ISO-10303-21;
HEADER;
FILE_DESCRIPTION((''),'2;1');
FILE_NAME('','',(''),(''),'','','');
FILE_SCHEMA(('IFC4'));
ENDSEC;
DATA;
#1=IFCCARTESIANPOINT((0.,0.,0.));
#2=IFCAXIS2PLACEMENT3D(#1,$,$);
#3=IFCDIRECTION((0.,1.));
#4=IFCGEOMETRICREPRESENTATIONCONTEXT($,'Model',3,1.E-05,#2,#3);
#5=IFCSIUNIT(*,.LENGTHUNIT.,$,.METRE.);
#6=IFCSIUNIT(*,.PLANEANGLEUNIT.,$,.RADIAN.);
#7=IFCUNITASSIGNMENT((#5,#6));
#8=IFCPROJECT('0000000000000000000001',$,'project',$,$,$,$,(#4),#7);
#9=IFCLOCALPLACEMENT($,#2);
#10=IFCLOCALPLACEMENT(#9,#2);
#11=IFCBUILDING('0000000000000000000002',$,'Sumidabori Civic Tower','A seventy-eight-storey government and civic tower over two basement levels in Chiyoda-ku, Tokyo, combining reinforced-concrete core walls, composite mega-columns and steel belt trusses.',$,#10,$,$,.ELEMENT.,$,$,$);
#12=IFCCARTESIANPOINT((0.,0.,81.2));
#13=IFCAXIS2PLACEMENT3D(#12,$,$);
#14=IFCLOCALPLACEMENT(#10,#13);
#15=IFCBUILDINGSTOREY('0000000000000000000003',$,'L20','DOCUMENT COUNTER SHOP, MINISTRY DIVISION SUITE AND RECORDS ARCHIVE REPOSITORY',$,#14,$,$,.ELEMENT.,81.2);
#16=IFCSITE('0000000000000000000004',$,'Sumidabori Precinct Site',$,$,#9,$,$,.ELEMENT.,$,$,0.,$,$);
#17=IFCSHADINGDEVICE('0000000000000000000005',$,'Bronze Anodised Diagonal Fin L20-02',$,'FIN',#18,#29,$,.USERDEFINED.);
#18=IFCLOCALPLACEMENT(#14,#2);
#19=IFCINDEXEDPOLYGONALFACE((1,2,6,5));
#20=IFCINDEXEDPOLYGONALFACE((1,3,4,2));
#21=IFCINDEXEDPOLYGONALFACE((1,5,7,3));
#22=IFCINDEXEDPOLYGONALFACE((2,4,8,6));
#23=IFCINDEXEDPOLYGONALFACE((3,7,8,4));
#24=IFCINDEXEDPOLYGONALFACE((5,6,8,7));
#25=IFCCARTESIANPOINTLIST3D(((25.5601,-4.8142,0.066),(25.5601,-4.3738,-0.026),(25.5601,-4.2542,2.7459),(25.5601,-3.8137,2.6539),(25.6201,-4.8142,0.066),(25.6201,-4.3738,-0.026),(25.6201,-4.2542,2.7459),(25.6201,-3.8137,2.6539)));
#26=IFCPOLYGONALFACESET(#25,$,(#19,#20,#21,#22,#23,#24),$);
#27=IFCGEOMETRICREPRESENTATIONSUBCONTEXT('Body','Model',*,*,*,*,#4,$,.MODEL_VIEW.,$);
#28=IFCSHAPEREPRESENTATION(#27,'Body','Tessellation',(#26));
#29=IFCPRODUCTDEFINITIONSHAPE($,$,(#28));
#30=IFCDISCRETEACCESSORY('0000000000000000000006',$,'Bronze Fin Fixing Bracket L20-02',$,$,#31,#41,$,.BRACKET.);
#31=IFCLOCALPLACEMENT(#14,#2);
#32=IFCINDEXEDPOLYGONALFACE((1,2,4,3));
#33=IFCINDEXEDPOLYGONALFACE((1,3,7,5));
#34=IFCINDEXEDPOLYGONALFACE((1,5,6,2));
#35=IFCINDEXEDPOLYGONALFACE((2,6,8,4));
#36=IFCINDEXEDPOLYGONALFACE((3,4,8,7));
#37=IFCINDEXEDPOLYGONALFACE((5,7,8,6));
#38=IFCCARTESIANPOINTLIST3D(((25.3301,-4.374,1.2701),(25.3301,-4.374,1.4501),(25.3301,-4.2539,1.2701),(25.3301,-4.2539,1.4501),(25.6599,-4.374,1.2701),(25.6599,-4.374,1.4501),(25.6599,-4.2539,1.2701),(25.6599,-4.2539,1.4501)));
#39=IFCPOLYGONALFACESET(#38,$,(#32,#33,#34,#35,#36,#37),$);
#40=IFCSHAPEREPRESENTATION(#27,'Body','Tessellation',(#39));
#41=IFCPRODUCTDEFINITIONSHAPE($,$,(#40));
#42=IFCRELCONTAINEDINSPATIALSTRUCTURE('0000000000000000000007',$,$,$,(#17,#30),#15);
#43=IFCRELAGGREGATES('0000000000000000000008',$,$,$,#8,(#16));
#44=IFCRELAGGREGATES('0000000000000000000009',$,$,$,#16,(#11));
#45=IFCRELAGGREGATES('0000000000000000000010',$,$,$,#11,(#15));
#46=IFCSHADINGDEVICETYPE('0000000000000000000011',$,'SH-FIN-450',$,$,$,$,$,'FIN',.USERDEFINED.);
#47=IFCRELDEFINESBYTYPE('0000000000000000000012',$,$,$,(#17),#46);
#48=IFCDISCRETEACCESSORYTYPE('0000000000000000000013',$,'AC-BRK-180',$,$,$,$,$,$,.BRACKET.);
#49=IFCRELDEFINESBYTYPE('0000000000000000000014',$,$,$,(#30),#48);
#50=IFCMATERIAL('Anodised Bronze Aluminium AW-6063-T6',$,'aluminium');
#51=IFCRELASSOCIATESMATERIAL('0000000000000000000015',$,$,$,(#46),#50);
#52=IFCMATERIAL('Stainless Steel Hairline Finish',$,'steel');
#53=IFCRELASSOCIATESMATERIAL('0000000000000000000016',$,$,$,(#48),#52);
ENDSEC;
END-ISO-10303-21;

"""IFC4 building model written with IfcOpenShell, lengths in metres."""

from ifc_helpers import new_model, si_unit, direction, frame, origin, origin_2d, place, context, subcontext, project, spatial, rectangle, extrude, source, transform, mapped, material, material_profile, profile_set, type_object, element, save


model = new_model("IFC4")

# Units and contexts
model_context = context("Model", 3, precision=1e-05, world=origin(), true_north=direction((0.0, 1.0)))
body_context = subcontext(model_context, "Body", "Model", "MODEL_VIEW")
ifc_project = project(units=[si_unit("LENGTHUNIT", "METRE"), si_unit("PLANEANGLEUNIT", "RADIAN")], contexts=[model_context])

# Site, building, storey
site_placement = place(None, origin())
site = spatial("IfcSite", under=ifc_project, at=site_placement, Name="Sumidabori Precinct Site", CompositionType="ELEMENT", RefElevation=0.0)
building_placement = place(site_placement, origin())
building = spatial("IfcBuilding", under=site, at=building_placement, Name="Sumidabori Civic Tower", Description="A seventy-eight-storey government and civic tower over two basement levels in Chiyoda-ku, Tokyo, combining reinforced-concrete core walls, composite mega-columns and steel belt trusses.", CompositionType="ELEMENT")
storey_placement = place(building_placement, frame((0.0, 0.0, 81.2)))
storey = spatial("IfcBuildingStorey", under=building, at=storey_placement, Name="L20", Description="DOCUMENT COUNTER SHOP, MINISTRY DIVISION SUITE AND RECORDS ARCHIVE REPOSITORY", CompositionType="ELEMENT", Elevation=81.2)

# Shared definitions
ifc_material_1 = material(Name="Anodised Bronze Aluminium AW-6063-T6", Category="aluminium")

# Shading device
ifc_material_profile_1 = material_profile(ifc_material_1, rectangle(XDim=0.0601, YDim=0.45, at=origin_2d()), Name="BRONZE FIN 450x60")
ifc_profile_set_1 = profile_set([ifc_material_profile_1], Name="Anodised Bronze Aluminium AW-6063-T6")
shading_device_type = type_object("IfcShadingDeviceType", Name="SH-FIN-450", ElementType="FIN", PredefinedType="USERDEFINED", material=ifc_profile_set_1)
shared_shape_1 = source(origin(), body_context, "Body", "SweptSolid", [
    extrude(rectangle(XDim=0.0601, YDim=0.45, at=origin_2d()), origin(), (0.0, 0.0, 1.0), 2.7378),
])
shading_device_placement = place(storey_placement, frame((25.5901, -4.594, 0.02), z_axis=(0.0, 0.204563, 0.978853), x_axis=(-1.0, 0.0, 0.0)))
element("IfcShadingDevice", 1, at=shading_device_placement, inside=storey, type_object=shading_device_type, Name="Bronze Anodised Diagonal Fin L20-02", ObjectType="FIN", PredefinedType="USERDEFINED", context=body_context, shape_type="MappedRepresentation", body=[
    mapped(shared_shape_1, transform((0.0, 0.0, 0.0), x_axis=(1.0, 0.0, 0.0), y_axis=(0.0, 1.0, 0.0), z_axis=(0.0, 0.0, 1.0), scale=1.0)),
])

# Discrete accessory
ifc_material_2 = material(Name="Stainless Steel Hairline Finish", Category="steel")
ifc_material_profile_2 = material_profile(ifc_material_2, rectangle(XDim=0.1201, YDim=0.1799, at=origin_2d()), Name="STEEL BRACKET 180x120")
ifc_profile_set_2 = profile_set([ifc_material_profile_2], Name="Stainless Steel Hairline Finish")
discrete_accessory_type = type_object("IfcDiscreteAccessoryType", Name="AC-BRK-180", PredefinedType="BRACKET", material=ifc_profile_set_2)
shared_shape_2 = source(origin(), body_context, "Body", "SweptSolid", [
    extrude(rectangle(XDim=0.1201, YDim=0.1799, at=origin_2d()), origin(), (0.0, 0.0, 1.0), 0.3298),
])
discrete_accessory_placement = place(storey_placement, frame((25.3301, -4.314, 1.3601), z_axis=(1.0, 0.0, 0.0), x_axis=(0.0, 1.0, 0.0)))
element("IfcDiscreteAccessory", 2, at=discrete_accessory_placement, inside=storey, type_object=discrete_accessory_type, Name="Bronze Fin Fixing Bracket L20-02", PredefinedType="BRACKET", context=body_context, shape_type="MappedRepresentation", body=[
    mapped(shared_shape_2, transform((0.0, 0.0, 0.0), x_axis=(1.0, 0.0, 0.0), y_axis=(0.0, 1.0, 0.0), z_axis=(0.0, 0.0, 1.0), scale=1.0)),
])

save(model, "model.ifc")
